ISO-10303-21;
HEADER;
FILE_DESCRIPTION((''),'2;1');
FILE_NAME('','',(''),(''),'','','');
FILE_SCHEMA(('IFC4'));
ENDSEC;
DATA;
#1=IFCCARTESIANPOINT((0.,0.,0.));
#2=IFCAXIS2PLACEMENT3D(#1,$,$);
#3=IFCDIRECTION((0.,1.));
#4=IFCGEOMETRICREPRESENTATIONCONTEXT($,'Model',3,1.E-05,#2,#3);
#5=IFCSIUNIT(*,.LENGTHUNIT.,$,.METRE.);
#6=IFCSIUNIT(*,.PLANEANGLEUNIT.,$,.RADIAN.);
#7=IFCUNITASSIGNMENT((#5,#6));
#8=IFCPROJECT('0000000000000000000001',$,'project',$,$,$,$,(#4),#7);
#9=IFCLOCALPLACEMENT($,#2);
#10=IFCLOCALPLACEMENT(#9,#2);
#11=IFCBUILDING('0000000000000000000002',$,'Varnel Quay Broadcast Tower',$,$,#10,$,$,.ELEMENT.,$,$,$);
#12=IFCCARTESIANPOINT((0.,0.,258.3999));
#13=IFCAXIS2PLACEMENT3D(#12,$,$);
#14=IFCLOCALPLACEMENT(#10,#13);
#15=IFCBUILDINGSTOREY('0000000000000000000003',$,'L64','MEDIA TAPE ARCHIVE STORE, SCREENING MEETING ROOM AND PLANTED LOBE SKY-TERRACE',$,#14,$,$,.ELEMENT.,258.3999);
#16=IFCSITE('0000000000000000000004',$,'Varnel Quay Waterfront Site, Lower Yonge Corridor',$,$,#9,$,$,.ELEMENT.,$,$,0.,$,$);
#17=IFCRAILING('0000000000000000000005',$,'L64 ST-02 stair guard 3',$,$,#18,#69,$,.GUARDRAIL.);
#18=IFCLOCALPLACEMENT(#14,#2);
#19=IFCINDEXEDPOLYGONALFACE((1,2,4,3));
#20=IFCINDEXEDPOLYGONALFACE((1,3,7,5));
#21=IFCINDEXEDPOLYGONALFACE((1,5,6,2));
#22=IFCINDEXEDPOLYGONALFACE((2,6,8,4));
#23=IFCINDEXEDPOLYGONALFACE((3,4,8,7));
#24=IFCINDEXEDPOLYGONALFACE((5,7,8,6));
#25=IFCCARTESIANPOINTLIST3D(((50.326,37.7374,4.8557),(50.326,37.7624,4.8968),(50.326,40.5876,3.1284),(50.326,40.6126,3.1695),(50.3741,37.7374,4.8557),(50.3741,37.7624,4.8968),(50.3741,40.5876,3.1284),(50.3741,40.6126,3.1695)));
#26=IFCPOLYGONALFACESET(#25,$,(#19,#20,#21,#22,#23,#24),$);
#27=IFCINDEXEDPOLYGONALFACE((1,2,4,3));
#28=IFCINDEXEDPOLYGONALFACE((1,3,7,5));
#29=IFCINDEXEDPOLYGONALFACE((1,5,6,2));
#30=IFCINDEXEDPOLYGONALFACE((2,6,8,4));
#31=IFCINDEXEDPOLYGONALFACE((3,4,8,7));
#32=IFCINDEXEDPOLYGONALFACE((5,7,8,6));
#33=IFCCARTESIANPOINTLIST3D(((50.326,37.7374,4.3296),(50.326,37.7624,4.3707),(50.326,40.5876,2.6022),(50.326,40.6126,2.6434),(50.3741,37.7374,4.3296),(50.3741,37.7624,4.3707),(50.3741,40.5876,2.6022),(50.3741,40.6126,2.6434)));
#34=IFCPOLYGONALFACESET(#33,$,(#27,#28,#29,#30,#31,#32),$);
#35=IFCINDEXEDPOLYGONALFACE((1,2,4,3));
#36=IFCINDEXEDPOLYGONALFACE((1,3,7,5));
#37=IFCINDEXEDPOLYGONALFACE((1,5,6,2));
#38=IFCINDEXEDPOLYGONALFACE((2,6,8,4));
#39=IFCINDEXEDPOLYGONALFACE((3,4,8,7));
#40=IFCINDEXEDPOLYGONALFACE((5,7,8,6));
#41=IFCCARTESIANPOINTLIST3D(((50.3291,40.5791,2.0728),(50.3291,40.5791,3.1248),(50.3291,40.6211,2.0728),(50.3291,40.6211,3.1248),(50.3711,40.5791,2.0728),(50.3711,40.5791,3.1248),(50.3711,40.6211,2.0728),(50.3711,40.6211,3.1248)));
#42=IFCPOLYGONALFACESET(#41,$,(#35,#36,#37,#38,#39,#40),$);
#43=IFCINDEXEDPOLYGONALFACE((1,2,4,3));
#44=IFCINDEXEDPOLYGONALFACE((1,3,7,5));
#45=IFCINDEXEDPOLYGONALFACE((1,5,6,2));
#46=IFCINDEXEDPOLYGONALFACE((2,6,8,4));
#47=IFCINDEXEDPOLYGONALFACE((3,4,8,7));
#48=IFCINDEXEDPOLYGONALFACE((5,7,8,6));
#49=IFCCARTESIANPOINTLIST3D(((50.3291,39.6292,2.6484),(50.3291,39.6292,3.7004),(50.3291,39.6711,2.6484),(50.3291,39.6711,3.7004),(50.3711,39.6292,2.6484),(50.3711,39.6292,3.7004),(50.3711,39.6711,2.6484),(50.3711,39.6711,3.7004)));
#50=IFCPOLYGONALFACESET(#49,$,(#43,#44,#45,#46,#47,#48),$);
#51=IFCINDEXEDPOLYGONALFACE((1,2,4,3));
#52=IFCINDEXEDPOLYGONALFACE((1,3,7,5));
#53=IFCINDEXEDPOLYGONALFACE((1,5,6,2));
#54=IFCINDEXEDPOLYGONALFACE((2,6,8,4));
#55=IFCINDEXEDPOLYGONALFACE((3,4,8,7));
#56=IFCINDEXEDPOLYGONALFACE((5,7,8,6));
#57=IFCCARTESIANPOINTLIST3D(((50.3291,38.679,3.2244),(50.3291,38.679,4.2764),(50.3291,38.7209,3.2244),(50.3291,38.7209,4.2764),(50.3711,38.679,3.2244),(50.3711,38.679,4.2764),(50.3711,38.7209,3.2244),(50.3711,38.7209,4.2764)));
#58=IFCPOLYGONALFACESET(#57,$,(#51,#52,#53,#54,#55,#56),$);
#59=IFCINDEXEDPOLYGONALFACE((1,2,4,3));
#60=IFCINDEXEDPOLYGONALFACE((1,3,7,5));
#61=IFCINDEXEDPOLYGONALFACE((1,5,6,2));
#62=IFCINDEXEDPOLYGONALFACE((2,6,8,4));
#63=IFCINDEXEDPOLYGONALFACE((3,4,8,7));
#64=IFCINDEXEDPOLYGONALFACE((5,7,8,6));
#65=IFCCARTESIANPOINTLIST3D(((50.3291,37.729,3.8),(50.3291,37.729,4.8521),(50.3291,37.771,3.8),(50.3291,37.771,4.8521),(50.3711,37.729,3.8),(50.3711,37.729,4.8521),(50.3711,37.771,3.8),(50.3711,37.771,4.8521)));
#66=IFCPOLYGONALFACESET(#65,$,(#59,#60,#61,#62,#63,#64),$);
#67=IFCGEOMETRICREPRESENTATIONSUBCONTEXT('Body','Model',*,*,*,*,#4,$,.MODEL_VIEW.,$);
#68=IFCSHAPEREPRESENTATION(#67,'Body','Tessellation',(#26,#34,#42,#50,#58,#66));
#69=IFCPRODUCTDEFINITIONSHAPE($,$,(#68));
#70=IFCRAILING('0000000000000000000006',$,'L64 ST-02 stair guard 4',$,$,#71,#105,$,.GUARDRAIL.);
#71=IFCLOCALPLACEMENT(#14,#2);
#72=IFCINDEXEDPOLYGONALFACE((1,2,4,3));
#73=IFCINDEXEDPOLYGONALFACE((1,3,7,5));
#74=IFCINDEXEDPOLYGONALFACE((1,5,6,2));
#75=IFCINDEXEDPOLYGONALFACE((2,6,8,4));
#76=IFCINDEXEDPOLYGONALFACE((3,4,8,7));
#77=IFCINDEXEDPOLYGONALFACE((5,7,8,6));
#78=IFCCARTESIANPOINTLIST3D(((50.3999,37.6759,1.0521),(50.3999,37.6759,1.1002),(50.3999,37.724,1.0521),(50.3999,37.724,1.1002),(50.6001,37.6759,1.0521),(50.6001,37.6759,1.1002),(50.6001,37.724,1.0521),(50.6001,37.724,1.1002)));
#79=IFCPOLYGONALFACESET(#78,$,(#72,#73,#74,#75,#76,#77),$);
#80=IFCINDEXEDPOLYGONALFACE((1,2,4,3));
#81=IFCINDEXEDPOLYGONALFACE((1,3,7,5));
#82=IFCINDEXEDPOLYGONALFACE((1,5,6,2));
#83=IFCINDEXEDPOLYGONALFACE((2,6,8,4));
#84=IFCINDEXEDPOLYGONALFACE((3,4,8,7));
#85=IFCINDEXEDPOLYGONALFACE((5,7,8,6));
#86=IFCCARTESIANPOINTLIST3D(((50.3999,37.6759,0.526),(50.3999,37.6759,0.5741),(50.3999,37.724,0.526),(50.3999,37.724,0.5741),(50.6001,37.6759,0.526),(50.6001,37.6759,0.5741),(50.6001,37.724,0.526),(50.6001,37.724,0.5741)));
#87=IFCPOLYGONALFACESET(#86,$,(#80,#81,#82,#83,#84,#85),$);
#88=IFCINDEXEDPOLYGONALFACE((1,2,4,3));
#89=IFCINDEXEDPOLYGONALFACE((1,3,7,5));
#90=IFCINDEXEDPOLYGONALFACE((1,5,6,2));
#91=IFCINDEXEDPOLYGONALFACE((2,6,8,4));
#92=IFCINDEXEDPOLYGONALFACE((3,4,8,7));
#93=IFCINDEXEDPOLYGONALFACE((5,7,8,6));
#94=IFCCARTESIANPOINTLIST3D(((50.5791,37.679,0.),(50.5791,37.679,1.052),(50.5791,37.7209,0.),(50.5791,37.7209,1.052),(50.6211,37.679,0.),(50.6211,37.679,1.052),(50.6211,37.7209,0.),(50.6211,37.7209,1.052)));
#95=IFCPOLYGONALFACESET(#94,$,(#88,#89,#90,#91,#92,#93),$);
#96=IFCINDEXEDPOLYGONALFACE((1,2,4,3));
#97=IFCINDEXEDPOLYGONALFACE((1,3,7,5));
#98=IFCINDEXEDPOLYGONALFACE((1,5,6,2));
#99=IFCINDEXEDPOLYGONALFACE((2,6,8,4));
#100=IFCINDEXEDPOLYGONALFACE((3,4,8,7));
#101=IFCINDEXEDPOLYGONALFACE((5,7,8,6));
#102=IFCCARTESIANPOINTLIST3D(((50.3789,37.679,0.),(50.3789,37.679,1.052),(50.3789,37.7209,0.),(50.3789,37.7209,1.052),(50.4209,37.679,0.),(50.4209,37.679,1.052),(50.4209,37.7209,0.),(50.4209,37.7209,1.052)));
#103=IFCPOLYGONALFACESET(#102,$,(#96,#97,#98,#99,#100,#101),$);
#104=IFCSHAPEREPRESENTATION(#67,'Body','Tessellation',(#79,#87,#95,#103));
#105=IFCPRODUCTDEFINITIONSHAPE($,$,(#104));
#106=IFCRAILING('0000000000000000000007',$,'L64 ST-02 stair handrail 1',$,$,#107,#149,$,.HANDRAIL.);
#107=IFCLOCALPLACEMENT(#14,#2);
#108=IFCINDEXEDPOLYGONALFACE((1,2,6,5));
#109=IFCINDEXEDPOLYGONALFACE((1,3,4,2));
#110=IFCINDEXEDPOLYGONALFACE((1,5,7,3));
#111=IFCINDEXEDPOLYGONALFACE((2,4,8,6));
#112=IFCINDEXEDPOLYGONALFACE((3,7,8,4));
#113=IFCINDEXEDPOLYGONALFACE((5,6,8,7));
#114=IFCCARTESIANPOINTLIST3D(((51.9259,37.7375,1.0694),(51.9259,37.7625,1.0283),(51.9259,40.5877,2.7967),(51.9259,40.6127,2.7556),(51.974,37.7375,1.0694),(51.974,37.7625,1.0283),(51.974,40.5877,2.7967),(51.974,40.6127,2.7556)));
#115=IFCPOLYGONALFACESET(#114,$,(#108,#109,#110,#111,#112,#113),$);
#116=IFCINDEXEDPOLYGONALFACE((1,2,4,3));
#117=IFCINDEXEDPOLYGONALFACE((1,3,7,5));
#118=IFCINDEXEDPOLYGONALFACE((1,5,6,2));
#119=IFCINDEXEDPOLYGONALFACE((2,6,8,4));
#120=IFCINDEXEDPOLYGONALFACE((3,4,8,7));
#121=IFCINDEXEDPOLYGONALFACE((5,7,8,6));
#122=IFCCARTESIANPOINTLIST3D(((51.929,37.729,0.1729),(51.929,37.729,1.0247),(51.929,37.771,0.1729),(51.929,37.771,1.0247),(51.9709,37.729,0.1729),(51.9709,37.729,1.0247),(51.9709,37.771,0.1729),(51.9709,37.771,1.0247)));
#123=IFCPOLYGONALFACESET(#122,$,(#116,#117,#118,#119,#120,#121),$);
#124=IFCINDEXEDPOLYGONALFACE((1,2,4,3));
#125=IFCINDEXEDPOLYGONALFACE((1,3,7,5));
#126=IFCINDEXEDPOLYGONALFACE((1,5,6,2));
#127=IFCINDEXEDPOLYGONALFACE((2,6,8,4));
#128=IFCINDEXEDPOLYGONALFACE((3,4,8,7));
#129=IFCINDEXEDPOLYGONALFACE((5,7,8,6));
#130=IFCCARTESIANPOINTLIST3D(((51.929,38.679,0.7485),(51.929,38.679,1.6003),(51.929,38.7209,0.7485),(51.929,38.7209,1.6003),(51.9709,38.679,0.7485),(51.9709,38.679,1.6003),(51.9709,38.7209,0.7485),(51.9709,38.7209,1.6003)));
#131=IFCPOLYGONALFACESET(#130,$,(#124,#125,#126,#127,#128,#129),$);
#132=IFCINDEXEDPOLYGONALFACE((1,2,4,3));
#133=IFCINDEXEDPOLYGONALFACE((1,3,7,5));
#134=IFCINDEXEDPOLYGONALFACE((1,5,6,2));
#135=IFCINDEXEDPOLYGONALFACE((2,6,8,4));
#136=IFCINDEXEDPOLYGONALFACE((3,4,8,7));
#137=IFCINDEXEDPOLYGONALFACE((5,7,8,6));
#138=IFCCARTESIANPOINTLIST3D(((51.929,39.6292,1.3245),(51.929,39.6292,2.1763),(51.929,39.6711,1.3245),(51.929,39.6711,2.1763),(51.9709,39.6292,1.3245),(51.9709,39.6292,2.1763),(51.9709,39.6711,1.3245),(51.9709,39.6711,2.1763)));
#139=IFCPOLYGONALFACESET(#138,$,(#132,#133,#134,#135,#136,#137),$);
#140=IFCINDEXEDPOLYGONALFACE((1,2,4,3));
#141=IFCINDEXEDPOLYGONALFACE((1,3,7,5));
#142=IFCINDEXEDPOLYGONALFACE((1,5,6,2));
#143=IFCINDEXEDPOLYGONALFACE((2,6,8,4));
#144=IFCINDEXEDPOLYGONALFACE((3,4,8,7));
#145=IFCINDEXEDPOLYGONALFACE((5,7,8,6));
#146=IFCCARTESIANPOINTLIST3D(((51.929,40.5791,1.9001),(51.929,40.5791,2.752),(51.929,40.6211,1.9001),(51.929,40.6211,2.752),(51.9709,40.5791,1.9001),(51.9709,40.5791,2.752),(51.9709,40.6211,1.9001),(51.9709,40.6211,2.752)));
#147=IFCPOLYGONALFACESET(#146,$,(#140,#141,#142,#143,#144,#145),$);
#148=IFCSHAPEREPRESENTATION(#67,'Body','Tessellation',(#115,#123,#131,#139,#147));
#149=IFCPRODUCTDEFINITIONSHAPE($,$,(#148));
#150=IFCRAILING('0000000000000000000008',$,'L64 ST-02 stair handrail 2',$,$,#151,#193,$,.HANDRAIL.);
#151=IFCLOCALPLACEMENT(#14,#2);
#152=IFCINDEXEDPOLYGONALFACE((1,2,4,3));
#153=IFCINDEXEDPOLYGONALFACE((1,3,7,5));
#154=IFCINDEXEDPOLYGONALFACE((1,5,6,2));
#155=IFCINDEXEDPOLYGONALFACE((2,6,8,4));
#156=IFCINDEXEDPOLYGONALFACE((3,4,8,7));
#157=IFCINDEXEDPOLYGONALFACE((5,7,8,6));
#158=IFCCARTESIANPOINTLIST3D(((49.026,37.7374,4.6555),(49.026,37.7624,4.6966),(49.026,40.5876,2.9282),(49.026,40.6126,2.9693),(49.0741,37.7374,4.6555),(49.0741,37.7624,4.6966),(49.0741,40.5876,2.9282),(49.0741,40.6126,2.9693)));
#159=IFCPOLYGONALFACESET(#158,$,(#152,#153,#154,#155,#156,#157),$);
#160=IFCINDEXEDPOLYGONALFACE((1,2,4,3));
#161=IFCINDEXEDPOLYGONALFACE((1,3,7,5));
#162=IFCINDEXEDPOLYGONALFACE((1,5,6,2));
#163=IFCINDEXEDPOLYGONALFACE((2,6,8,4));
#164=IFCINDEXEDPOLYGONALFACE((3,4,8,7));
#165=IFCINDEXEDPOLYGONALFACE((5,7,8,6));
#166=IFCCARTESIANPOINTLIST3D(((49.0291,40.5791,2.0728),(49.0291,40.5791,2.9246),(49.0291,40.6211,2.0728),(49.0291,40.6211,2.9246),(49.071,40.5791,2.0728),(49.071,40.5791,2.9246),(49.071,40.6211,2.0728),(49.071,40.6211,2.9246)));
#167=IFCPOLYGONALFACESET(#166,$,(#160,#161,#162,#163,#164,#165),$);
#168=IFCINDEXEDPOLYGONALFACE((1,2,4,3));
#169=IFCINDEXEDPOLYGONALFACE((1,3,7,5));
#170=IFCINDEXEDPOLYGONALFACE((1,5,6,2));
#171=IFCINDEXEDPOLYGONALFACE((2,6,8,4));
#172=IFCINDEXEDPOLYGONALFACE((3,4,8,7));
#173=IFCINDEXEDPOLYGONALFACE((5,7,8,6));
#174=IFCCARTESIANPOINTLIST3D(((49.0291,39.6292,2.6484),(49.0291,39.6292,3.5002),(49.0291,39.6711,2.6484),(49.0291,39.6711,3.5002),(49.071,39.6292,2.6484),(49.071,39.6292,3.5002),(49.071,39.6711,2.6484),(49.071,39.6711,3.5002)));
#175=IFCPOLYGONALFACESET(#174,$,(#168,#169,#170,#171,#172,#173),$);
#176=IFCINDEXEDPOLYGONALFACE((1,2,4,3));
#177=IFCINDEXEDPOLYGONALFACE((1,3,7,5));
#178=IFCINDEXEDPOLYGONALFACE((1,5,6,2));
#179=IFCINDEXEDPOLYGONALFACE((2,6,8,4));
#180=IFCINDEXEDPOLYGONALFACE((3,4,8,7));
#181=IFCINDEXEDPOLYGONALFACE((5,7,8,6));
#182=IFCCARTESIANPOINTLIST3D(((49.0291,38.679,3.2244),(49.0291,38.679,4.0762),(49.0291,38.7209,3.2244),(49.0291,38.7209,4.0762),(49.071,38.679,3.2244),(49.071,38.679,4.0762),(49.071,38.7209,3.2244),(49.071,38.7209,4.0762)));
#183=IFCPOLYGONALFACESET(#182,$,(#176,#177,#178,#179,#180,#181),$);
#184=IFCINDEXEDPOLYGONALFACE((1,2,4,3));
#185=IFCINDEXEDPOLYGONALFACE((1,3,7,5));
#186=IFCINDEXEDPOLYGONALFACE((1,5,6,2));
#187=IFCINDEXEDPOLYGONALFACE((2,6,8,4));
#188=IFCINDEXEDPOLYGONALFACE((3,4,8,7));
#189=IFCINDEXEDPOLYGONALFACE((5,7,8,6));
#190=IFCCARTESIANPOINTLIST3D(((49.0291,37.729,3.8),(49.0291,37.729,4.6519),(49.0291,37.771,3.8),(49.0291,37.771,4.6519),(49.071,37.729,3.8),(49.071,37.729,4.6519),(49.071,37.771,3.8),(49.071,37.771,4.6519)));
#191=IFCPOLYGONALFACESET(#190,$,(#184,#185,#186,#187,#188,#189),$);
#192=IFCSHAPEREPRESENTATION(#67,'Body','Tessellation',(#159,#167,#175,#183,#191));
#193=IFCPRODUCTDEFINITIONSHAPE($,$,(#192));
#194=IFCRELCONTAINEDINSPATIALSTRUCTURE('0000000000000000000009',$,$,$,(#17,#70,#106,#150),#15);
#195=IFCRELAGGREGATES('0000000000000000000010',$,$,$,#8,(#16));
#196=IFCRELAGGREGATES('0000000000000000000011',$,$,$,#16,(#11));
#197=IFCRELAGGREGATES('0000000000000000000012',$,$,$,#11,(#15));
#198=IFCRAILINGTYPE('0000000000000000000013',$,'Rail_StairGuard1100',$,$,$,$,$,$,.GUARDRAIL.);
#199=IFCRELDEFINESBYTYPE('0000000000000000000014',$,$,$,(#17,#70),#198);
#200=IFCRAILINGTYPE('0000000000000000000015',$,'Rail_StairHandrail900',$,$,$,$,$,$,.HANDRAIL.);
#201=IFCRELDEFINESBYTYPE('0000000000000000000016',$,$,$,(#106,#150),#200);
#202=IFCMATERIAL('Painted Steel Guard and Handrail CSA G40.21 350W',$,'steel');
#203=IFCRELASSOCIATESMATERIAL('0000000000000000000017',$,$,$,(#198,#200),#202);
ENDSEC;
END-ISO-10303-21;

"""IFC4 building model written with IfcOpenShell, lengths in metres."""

from ifc_helpers import new_model, si_unit, direction, frame, origin, origin_2d, place, context, subcontext, project, spatial, rectangle, extrude, material, type_object, element, save


model = new_model("IFC4")

# Units and contexts
model_context = context("Model", 3, precision=1e-05, world=origin(), true_north=direction((0.0, 1.0)))
body_context = subcontext(model_context, "Body", "Model", "MODEL_VIEW")
ifc_project = project(units=[si_unit("LENGTHUNIT", "METRE"), si_unit("PLANEANGLEUNIT", "RADIAN")], contexts=[model_context])

# Site, building, storey
site_placement = place(None, origin())
site = spatial("IfcSite", under=ifc_project, at=site_placement, Name="Varnel Quay Waterfront Site, Lower Yonge Corridor", CompositionType="ELEMENT", RefElevation=0.0)
building_placement = place(site_placement, origin())
building = spatial("IfcBuilding", under=site, at=building_placement, Name="Varnel Quay Broadcast Tower", CompositionType="ELEMENT")
storey_placement = place(building_placement, frame((0.0, 0.0, 258.3999)))
storey = spatial("IfcBuildingStorey", under=building, at=storey_placement, Name="L64", Description="MEDIA TAPE ARCHIVE STORE, SCREENING MEETING ROOM AND PLANTED LOBE SKY-TERRACE", CompositionType="ELEMENT", Elevation=258.3999)

# Railings
ifc_material_1 = material(Name="Painted Steel Guard and Handrail CSA G40.21 350W", Category="steel")
railing_type_1 = type_object("IfcRailingType", Name="Rail_StairGuard1100", PredefinedType="GUARDRAIL", material=ifc_material_1)
railing_1_placement = place(storey_placement, frame((50.3501, 40.6001, 2.0728)))
element("IfcRailing", 1, at=railing_1_placement, inside=storey, type_object=railing_type_1, Name="L64 ST-02 stair guard 3", PredefinedType="GUARDRAIL", context=body_context, shape_type="SweptSolid", body=[
    extrude(rectangle(XDim=0.0481, YDim=0.0481, at=origin_2d()), frame((0.0, 0.0, 1.0762), z_axis=(0.0, -0.855203, 0.518294), x_axis=(1.0, 0.0, 0.0)), (0.0, 0.0, 1.0), 3.3328),
    extrude(rectangle(XDim=0.0481, YDim=0.0481, at=origin_2d()), frame((0.0, 0.0, 0.55), z_axis=(0.0, -0.855203, 0.518294), x_axis=(1.0, 0.0, 0.0)), (0.0, 0.0, 1.0), 3.3328),
    extrude(rectangle(XDim=0.042, YDim=0.042, at=origin_2d()), origin(), (0.0, 0.0, 1.0), 1.052),
    extrude(rectangle(XDim=0.042, YDim=0.042, at=origin_2d()), frame((0.0, -0.95, 0.5757)), (0.0, 0.0, 1.0), 1.052),
    extrude(rectangle(XDim=0.042, YDim=0.042, at=origin_2d()), frame((0.0, -1.9001, 1.1516)), (0.0, 0.0, 1.0), 1.052),
    extrude(rectangle(XDim=0.042, YDim=0.042, at=origin_2d()), frame((0.0, -2.8501, 1.7273)), (0.0, 0.0, 1.0), 1.052),
])
railing_2_placement = place(storey_placement, frame((50.6001, 37.7, 0.0)))
element("IfcRailing", 2, at=railing_2_placement, inside=storey, type_object=railing_type_1, Name="L64 ST-02 stair guard 4", PredefinedType="GUARDRAIL", context=body_context, shape_type="SweptSolid", body=[
    extrude(rectangle(XDim=0.0481, YDim=0.0481, at=origin_2d()), frame((0.0, 0.0, 1.0762), z_axis=(-1.0, 0.0, 0.0), x_axis=(0.0, -1.0, 0.0)), (0.0, 0.0, 1.0), 0.2002),
    extrude(rectangle(XDim=0.0481, YDim=0.0481, at=origin_2d()), frame((0.0, 0.0, 0.55), z_axis=(-1.0, 0.0, 0.0), x_axis=(0.0, -1.0, 0.0)), (0.0, 0.0, 1.0), 0.2002),
    extrude(rectangle(XDim=0.042, YDim=0.042, at=origin_2d()), origin(), (0.0, 0.0, 1.0), 1.052),
    extrude(rectangle(XDim=0.042, YDim=0.042, at=origin_2d()), frame((-0.2002, 0.0, 0.0)), (0.0, 0.0, 1.0), 1.052),
])
railing_type_2 = type_object("IfcRailingType", Name="Rail_StairHandrail900", PredefinedType="HANDRAIL", material=ifc_material_1)
railing_3_placement = place(storey_placement, frame((51.95, 37.75, 0.1729)))
element("IfcRailing", 3, at=railing_3_placement, inside=storey, type_object=railing_type_2, Name="L64 ST-02 stair handrail 1", PredefinedType="HANDRAIL", context=body_context, shape_type="SweptSolid", body=[
    extrude(rectangle(XDim=0.0481, YDim=0.0481, at=origin_2d()), frame((0.0, 0.0, 0.876), z_axis=(0.0, 0.855203, 0.518294), x_axis=(-1.0, 0.0, 0.0)), (0.0, 0.0, 1.0), 3.3328),
    extrude(rectangle(XDim=0.042, YDim=0.042, at=origin_2d()), origin(), (0.0, 0.0, 1.0), 0.8518),
    extrude(rectangle(XDim=0.042, YDim=0.042, at=origin_2d()), frame((0.0, 0.95, 0.5757)), (0.0, 0.0, 1.0), 0.8518),
    extrude(rectangle(XDim=0.042, YDim=0.042, at=origin_2d()), frame((0.0, 1.9001, 1.1516)), (0.0, 0.0, 1.0), 0.8518),
    extrude(rectangle(XDim=0.042, YDim=0.042, at=origin_2d()), frame((0.0, 2.8501, 1.7273)), (0.0, 0.0, 1.0), 0.8518),
])
railing_4_placement = place(storey_placement, frame((49.05, 40.6001, 2.0728)))
element("IfcRailing", 4, at=railing_4_placement, inside=storey, type_object=railing_type_2, Name="L64 ST-02 stair handrail 2", PredefinedType="HANDRAIL", context=body_context, shape_type="SweptSolid", body=[
    extrude(rectangle(XDim=0.0481, YDim=0.0481, at=origin_2d()), frame((0.0, 0.0, 0.876), z_axis=(0.0, -0.855203, 0.518294), x_axis=(1.0, 0.0, 0.0)), (0.0, 0.0, 1.0), 3.3328),
    extrude(rectangle(XDim=0.042, YDim=0.042, at=origin_2d()), origin(), (0.0, 0.0, 1.0), 0.8518),
    extrude(rectangle(XDim=0.042, YDim=0.042, at=origin_2d()), frame((0.0, -0.95, 0.5757)), (0.0, 0.0, 1.0), 0.8518),
    extrude(rectangle(XDim=0.042, YDim=0.042, at=origin_2d()), frame((0.0, -1.9001, 1.1516)), (0.0, 0.0, 1.0), 0.8518),
    extrude(rectangle(XDim=0.042, YDim=0.042, at=origin_2d()), frame((0.0, -2.8501, 1.7273)), (0.0, 0.0, 1.0), 0.8518),
])

save(model, "model.ifc")
